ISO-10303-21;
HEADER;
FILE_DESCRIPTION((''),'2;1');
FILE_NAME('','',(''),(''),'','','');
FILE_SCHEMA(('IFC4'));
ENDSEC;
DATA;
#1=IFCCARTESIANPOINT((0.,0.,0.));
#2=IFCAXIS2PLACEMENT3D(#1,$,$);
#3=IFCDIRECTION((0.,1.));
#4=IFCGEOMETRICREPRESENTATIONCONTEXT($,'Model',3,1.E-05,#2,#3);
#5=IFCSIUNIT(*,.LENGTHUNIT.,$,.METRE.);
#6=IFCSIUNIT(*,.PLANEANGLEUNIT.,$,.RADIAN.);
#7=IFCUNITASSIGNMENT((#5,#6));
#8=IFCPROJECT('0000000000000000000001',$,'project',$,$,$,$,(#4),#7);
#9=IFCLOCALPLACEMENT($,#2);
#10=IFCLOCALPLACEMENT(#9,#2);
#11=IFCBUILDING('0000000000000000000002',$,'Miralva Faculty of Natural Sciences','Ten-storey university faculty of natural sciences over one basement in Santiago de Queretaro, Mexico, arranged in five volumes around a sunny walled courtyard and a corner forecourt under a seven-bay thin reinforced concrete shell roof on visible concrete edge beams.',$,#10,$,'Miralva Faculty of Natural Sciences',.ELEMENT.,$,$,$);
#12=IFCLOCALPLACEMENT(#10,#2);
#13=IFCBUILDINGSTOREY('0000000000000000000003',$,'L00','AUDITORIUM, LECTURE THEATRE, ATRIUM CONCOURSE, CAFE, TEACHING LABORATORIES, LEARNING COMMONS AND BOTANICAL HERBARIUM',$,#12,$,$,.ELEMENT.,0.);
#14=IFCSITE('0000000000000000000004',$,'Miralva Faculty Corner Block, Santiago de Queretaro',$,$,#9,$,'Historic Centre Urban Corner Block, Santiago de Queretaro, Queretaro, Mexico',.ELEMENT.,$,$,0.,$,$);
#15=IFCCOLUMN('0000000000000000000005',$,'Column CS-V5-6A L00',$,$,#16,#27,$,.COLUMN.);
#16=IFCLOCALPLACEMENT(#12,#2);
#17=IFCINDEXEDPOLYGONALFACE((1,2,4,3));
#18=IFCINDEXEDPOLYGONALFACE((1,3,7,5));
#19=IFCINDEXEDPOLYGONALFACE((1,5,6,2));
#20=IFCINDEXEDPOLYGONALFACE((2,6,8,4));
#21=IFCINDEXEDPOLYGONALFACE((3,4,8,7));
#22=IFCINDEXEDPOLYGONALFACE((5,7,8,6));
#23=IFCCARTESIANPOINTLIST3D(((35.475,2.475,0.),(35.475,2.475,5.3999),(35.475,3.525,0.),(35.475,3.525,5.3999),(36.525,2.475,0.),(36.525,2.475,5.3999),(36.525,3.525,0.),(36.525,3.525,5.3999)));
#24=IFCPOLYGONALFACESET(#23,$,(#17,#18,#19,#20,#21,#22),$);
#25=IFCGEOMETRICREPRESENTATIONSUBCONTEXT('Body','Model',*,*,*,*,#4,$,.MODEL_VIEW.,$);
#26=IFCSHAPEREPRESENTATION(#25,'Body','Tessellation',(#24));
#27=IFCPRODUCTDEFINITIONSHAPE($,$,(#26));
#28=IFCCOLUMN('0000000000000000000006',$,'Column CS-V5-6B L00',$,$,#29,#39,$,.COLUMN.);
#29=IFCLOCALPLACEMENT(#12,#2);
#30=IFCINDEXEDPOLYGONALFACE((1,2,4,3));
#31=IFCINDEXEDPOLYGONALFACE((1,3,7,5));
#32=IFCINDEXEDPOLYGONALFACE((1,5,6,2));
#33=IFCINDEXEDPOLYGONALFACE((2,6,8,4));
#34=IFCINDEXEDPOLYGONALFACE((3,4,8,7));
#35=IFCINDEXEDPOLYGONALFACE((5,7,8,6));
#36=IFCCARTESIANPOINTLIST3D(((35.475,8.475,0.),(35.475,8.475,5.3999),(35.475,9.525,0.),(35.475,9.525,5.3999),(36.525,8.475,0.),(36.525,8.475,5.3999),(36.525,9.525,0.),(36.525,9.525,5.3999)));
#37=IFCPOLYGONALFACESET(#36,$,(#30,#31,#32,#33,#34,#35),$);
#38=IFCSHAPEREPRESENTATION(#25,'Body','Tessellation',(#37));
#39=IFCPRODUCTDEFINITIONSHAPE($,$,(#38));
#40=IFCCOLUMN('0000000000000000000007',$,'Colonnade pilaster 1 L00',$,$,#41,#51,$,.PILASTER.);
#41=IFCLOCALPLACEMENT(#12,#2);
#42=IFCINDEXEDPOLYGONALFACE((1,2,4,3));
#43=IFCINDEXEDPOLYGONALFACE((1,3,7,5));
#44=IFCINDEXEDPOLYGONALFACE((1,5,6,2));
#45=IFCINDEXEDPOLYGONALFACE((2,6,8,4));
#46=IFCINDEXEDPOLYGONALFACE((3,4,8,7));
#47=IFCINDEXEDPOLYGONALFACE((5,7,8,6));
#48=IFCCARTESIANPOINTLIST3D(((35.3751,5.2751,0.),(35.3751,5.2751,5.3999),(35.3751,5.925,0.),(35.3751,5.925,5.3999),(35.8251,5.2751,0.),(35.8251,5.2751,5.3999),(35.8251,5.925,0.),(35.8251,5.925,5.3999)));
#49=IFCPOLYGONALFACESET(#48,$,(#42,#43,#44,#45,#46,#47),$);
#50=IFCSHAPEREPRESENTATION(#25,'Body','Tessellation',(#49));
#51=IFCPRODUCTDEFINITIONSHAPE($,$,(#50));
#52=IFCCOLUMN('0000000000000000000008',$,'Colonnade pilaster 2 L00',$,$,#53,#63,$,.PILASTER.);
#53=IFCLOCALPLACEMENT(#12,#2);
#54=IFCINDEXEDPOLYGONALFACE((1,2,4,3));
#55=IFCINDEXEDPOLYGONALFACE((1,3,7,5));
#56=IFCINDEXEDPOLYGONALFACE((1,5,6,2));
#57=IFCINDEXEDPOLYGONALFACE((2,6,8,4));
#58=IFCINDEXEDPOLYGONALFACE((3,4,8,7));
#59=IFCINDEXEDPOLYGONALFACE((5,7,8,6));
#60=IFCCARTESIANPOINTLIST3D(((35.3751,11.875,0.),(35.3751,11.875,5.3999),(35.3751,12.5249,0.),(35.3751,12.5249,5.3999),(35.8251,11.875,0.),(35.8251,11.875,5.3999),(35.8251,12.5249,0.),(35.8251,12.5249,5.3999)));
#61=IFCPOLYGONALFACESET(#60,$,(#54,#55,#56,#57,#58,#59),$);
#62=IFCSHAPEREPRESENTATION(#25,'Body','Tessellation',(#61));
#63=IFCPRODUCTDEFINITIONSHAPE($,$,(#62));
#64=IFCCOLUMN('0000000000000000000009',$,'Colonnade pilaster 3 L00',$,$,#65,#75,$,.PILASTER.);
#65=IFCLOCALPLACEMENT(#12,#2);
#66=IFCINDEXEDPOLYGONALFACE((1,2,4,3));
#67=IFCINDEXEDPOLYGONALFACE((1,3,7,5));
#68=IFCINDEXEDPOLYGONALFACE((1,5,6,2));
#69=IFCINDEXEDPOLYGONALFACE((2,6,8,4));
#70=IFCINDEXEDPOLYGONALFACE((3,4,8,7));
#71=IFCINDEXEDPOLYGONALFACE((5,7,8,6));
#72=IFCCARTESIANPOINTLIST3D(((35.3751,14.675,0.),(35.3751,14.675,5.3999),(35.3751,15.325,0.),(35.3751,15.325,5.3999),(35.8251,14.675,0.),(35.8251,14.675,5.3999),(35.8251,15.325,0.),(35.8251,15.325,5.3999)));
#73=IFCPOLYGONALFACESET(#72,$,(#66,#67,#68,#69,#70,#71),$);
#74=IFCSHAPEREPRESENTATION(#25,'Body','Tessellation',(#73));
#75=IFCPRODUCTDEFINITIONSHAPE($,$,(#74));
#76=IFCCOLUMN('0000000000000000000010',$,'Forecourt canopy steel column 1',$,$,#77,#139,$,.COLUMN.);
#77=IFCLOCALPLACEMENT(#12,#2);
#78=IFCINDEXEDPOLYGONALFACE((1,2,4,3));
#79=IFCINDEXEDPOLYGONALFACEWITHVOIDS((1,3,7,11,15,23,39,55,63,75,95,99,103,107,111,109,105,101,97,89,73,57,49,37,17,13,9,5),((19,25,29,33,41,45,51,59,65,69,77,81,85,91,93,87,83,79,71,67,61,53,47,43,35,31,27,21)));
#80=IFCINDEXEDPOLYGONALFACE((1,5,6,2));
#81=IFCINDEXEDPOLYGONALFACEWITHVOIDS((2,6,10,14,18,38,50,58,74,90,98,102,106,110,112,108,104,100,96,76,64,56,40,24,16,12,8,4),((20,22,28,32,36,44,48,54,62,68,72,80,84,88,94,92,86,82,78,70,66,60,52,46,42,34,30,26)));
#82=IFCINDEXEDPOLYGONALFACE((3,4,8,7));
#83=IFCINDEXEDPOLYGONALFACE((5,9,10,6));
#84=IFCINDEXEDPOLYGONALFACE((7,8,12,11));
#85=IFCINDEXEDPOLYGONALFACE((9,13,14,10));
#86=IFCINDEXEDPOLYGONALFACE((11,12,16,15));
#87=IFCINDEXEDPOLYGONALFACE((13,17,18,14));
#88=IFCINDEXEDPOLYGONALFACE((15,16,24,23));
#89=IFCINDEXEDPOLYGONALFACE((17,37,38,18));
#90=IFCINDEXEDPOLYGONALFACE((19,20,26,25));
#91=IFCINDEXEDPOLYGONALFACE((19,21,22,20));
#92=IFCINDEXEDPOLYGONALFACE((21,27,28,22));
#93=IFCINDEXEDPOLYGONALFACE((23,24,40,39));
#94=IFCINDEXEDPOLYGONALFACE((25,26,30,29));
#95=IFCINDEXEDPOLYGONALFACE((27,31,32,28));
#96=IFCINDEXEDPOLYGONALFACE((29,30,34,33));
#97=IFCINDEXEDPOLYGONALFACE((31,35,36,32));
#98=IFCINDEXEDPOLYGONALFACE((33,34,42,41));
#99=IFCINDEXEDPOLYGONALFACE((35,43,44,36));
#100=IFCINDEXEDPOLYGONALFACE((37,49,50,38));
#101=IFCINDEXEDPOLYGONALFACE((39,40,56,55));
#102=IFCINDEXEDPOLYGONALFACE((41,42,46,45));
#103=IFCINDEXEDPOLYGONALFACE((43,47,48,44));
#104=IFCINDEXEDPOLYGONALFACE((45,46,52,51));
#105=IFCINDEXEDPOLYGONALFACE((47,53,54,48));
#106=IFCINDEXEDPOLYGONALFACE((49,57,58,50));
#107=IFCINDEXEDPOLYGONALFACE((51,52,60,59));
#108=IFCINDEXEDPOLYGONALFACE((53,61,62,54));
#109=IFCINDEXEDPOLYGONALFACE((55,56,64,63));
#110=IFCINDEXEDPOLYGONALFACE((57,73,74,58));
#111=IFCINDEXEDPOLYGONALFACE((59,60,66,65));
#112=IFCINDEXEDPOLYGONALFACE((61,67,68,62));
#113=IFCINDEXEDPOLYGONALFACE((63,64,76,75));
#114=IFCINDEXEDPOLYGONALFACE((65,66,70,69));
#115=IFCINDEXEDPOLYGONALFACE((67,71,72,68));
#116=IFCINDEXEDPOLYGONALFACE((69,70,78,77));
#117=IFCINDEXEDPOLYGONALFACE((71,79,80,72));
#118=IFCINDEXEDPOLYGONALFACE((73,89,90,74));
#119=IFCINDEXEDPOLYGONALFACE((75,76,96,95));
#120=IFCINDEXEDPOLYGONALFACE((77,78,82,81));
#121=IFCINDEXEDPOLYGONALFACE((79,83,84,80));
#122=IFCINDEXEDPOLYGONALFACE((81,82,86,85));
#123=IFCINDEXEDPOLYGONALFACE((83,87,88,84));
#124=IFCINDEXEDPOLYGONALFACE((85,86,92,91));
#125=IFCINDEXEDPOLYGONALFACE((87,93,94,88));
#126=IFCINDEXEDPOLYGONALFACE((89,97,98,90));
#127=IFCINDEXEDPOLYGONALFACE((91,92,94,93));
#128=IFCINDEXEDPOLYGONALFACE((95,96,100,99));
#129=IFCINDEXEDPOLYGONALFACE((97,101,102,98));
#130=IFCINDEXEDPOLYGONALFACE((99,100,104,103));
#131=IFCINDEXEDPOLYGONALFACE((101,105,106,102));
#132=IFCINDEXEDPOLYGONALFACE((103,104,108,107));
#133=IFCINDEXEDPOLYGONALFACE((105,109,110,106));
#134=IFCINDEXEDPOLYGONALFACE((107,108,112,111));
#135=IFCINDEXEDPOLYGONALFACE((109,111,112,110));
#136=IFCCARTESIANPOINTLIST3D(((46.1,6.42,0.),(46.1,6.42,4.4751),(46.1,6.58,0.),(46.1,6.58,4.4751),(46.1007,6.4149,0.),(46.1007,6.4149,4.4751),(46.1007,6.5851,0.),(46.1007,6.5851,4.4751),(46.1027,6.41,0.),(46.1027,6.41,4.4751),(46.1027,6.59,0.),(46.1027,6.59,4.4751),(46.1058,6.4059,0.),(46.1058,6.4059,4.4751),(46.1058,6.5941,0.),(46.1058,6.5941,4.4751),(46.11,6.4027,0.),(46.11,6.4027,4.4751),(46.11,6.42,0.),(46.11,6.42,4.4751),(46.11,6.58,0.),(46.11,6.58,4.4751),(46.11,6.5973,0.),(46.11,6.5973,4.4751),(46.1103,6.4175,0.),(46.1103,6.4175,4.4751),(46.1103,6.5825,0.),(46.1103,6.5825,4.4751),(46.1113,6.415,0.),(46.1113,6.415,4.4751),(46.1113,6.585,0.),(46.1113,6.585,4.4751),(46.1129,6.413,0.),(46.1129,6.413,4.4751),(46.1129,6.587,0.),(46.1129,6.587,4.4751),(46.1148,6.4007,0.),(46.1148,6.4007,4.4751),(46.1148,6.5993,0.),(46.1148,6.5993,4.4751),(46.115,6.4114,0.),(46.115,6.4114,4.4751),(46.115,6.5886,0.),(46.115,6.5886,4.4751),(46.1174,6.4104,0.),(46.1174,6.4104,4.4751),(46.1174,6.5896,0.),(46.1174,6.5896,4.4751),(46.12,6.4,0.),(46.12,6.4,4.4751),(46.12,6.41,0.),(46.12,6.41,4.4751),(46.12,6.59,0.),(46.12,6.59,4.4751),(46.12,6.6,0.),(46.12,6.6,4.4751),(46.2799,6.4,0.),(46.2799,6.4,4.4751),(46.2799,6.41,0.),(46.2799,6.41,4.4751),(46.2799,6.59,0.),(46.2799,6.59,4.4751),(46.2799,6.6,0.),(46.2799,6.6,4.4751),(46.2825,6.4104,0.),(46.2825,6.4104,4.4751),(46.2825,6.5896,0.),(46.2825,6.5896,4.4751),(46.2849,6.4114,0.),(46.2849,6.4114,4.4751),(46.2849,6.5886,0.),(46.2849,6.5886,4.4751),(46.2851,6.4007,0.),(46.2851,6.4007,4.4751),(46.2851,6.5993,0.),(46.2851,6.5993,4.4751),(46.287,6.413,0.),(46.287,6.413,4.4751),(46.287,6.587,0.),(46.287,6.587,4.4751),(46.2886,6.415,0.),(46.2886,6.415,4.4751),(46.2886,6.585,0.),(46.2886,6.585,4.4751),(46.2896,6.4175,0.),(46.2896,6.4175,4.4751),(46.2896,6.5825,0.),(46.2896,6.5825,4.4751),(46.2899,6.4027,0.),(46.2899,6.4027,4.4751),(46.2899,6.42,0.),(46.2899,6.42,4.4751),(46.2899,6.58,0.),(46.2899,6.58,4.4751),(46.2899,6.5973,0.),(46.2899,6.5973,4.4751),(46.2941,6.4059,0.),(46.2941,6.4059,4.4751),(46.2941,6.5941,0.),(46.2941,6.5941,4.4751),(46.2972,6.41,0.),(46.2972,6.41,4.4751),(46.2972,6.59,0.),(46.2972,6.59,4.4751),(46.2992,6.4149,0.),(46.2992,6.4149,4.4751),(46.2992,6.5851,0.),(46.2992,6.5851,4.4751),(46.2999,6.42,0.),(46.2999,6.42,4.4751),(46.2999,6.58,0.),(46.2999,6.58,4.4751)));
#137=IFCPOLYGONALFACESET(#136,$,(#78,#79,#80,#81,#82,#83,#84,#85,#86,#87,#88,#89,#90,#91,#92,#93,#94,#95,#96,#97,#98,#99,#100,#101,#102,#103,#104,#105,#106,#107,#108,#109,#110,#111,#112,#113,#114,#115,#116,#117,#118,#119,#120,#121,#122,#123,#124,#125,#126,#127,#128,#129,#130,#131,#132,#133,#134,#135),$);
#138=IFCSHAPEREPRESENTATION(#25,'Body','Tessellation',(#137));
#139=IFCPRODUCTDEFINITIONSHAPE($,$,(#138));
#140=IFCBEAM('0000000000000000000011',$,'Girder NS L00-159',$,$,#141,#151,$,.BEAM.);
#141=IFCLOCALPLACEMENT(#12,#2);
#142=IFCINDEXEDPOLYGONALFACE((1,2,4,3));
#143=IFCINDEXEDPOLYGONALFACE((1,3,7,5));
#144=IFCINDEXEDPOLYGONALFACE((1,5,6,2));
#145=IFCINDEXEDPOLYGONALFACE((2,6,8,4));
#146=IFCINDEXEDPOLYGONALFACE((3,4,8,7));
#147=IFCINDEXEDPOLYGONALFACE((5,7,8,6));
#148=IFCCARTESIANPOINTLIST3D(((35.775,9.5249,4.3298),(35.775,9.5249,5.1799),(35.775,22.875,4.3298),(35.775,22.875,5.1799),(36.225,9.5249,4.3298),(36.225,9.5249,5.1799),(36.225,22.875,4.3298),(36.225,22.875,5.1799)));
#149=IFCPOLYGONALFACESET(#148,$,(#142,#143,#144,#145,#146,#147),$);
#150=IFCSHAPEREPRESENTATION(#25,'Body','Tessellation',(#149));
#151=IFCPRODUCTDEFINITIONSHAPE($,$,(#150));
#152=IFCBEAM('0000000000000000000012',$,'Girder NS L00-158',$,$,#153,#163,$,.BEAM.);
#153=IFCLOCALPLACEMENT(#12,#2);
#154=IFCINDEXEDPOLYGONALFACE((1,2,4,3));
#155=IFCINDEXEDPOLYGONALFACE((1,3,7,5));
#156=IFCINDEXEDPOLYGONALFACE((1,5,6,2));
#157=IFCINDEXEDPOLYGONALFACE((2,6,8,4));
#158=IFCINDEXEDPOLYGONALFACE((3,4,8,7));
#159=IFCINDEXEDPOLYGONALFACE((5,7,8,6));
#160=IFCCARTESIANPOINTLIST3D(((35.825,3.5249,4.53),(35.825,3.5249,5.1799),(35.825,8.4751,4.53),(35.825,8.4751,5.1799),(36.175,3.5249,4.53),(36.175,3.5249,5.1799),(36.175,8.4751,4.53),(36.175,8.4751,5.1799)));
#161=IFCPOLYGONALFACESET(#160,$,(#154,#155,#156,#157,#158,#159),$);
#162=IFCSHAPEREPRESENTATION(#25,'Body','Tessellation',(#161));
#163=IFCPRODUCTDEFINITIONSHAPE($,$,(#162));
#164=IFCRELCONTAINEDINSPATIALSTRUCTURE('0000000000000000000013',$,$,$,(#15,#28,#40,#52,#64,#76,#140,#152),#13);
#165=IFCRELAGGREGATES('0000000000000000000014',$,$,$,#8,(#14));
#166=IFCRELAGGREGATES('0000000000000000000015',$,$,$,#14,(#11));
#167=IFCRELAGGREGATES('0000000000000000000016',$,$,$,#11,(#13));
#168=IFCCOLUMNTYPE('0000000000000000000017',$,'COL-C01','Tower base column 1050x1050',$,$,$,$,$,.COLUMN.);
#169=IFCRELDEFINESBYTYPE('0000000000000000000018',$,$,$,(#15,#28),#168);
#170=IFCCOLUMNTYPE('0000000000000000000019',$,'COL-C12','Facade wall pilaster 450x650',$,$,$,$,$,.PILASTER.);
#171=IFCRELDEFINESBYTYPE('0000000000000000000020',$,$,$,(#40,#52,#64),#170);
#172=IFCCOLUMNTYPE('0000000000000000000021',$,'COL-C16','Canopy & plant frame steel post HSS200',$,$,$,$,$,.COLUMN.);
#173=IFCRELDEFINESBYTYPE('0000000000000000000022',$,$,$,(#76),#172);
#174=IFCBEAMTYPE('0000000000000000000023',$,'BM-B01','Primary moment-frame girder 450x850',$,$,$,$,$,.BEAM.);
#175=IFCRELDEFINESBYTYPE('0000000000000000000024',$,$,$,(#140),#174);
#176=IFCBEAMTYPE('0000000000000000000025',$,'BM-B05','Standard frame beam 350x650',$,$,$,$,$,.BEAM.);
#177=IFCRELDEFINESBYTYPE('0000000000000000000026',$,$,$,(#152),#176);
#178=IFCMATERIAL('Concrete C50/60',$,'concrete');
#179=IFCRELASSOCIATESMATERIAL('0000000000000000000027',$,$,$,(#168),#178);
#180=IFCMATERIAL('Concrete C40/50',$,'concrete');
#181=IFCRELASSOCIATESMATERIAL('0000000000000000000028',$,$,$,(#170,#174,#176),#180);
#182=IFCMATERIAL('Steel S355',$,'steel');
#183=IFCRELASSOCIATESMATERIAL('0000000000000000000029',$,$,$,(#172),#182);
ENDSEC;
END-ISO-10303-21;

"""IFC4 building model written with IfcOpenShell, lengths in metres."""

from ifc_helpers import new_model, si_unit, direction, frame, origin, origin_2d, place, context, subcontext, project, spatial, rectangle, hollow_rectangle, extrude, material, material_profile, profile_set, type_object, element, save


model = new_model("IFC4")

# Units and contexts
model_context = context("Model", 3, precision=1e-05, world=origin(), true_north=direction((0.0, 1.0)))
body_context = subcontext(model_context, "Body", "Model", "MODEL_VIEW")
ifc_project = project(units=[si_unit("LENGTHUNIT", "METRE"), si_unit("PLANEANGLEUNIT", "RADIAN")], contexts=[model_context])

# Site, building, storey
site_placement = place(None, origin())
site = spatial("IfcSite", under=ifc_project, at=site_placement, Name="Miralva Faculty Corner Block, Santiago de Queretaro", LongName="Historic Centre Urban Corner Block, Santiago de Queretaro, Queretaro, Mexico", CompositionType="ELEMENT", RefElevation=0.0)
building_placement = place(site_placement, origin())
building = spatial("IfcBuilding", under=site, at=building_placement, Name="Miralva Faculty of Natural Sciences", Description="Ten-storey university faculty of natural sciences over one basement in Santiago de Queretaro, Mexico, arranged in five volumes around a sunny walled courtyard and a corner forecourt under a seven-bay thin reinforced concrete shell roof on visible concrete edge beams.", LongName="Miralva Faculty of Natural Sciences", CompositionType="ELEMENT")
storey_placement = place(building_placement, origin())
storey = spatial("IfcBuildingStorey", under=building, at=storey_placement, Name="L00", Description="AUDITORIUM, LECTURE THEATRE, ATRIUM CONCOURSE, CAFE, TEACHING LABORATORIES, LEARNING COMMONS AND BOTANICAL HERBARIUM", CompositionType="ELEMENT", Elevation=0.0)

# Columns
ifc_material_1 = material(Name="Concrete C50/60", Category="concrete")
ifc_material_profile_1 = material_profile(ifc_material_1, rectangle(XDim=1.05, YDim=1.05, at=origin_2d()), Name="RC 1050x1050")
ifc_profile_set_1 = profile_set([ifc_material_profile_1], Name="Concrete C50/60")
column_type_1 = type_object("IfcColumnType", Name="COL-C01", Description="Tower base column 1050x1050", PredefinedType="COLUMN", material=ifc_profile_set_1)
for number, where, z_axis, x_axis, name in (
    (1, (36.0, 3.0, 0.0), (0.0, 0.0, 1.0), (1.0, 0.0, 0.0), "Column CS-V5-6A L00"),
    (2, (36.0, 9.0, 0.0), (0.0, 0.0, 1.0), (1.0, 0.0, 0.0), "Column CS-V5-6B L00"),
):
    element("IfcColumn", number, at=place(storey_placement, frame(where, z_axis=z_axis, x_axis=x_axis)), inside=storey, type_object=column_type_1, Name=name, PredefinedType="COLUMN", context=body_context, shape_type="SweptSolid", body=[
        extrude(rectangle(XDim=1.05, YDim=1.05, at=origin_2d()), origin(), (0.0, 0.0, 1.0), 5.3999),
    ])
ifc_material_2 = material(Name="Concrete C40/50", Category="concrete")
ifc_material_profile_2 = material_profile(ifc_material_2, rectangle(XDim=0.45, YDim=0.6499, at=origin_2d()), Name="RC 450x650")
ifc_profile_set_2 = profile_set([ifc_material_profile_2], Name="Concrete C40/50")
column_type_2 = type_object("IfcColumnType", Name="COL-C12", Description="Facade wall pilaster 450x650", PredefinedType="PILASTER", material=ifc_profile_set_2)
for number, where, z_axis, x_axis, name in (
    (3, (35.6001, 5.6001, 0.0), (0.0, 0.0, 1.0), (1.0, 0.0, 0.0), "Colonnade pilaster 1 L00"),
    (4, (35.6001, 12.2, 0.0), (0.0, 0.0, 1.0), (1.0, 0.0, 0.0), "Colonnade pilaster 2 L00"),
    (5, (35.6001, 15.0, 0.0), (0.0, 0.0, 1.0), (1.0, 0.0, 0.0), "Colonnade pilaster 3 L00"),
):
    element("IfcColumn", number, at=place(storey_placement, frame(where, z_axis=z_axis, x_axis=x_axis)), inside=storey, type_object=column_type_2, Name=name, PredefinedType="PILASTER", context=body_context, shape_type="SweptSolid", body=[
        extrude(rectangle(XDim=0.45, YDim=0.6499, at=origin_2d()), origin(), (0.0, 0.0, 1.0), 5.3999),
    ])
ifc_material_3 = material(Name="Steel S355", Category="steel")
ifc_material_profile_3 = material_profile(ifc_material_3, hollow_rectangle(XDim=0.2, YDim=0.2, WallThickness=0.01, InnerFilletRadius=0.01, OuterFilletRadius=0.02, at=origin_2d()), Name="HSS 200x200x10")
ifc_profile_set_3 = profile_set([ifc_material_profile_3], Name="Steel S355")
column_type_3 = type_object("IfcColumnType", Name="COL-C16", Description="Canopy & plant frame steel post HSS200", PredefinedType="COLUMN", material=ifc_profile_set_3)
column_placement = place(storey_placement, frame((46.2, 6.5, 0.0), z_axis=(0.0, 0.0, 1.0), x_axis=(1.0, 0.0, 0.0)))
element("IfcColumn", 6, at=column_placement, inside=storey, type_object=column_type_3, Name="Forecourt canopy steel column 1", PredefinedType="COLUMN", context=body_context, shape_type="SweptSolid", body=[
    extrude(hollow_rectangle(XDim=0.2, YDim=0.2, WallThickness=0.01, InnerFilletRadius=0.01, OuterFilletRadius=0.02, at=origin_2d()), origin(), (0.0, 0.0, 1.0), 4.4751),
])

# Beams
ifc_material_profile_4 = material_profile(ifc_material_2, rectangle(XDim=0.45, YDim=0.8501, at=origin_2d()), Name="RC 450x850")
ifc_profile_set_4 = profile_set([ifc_material_profile_4], Name="Concrete C40/50")
beam_type_1 = type_object("IfcBeamType", Name="BM-B01", Description="Primary moment-frame girder 450x850", PredefinedType="BEAM", material=ifc_profile_set_4)
beam_1_placement = place(storey_placement, frame((36.0, 9.5249, 4.7549), z_axis=(0.0, 1.0, 0.0), x_axis=(-1.0, 0.0, 0.0)))
element("IfcBeam", 7, at=beam_1_placement, inside=storey, type_object=beam_type_1, Name="Girder NS L00-159", PredefinedType="BEAM", context=body_context, shape_type="SweptSolid", body=[
    extrude(rectangle(XDim=0.45, YDim=0.8501, at=origin_2d()), origin(), (0.0, 0.0, 1.0), 13.3501),
])
ifc_material_profile_5 = material_profile(ifc_material_2, rectangle(XDim=0.3501, YDim=0.6499, at=origin_2d()), Name="RC 350x650")
ifc_profile_set_5 = profile_set([ifc_material_profile_5], Name="Concrete C40/50")
beam_type_2 = type_object("IfcBeamType", Name="BM-B05", Description="Standard frame beam 350x650", PredefinedType="BEAM", material=ifc_profile_set_5)
beam_2_placement = place(storey_placement, frame((36.0, 3.5249, 4.855), z_axis=(0.0, 1.0, 0.0), x_axis=(-1.0, 0.0, 0.0)))
element("IfcBeam", 8, at=beam_2_placement, inside=storey, type_object=beam_type_2, Name="Girder NS L00-158", PredefinedType="BEAM", context=body_context, shape_type="SweptSolid", body=[
    extrude(rectangle(XDim=0.3501, YDim=0.6499, at=origin_2d()), origin(), (0.0, 0.0, 1.0), 4.9502),
])

save(model, "model.ifc")
